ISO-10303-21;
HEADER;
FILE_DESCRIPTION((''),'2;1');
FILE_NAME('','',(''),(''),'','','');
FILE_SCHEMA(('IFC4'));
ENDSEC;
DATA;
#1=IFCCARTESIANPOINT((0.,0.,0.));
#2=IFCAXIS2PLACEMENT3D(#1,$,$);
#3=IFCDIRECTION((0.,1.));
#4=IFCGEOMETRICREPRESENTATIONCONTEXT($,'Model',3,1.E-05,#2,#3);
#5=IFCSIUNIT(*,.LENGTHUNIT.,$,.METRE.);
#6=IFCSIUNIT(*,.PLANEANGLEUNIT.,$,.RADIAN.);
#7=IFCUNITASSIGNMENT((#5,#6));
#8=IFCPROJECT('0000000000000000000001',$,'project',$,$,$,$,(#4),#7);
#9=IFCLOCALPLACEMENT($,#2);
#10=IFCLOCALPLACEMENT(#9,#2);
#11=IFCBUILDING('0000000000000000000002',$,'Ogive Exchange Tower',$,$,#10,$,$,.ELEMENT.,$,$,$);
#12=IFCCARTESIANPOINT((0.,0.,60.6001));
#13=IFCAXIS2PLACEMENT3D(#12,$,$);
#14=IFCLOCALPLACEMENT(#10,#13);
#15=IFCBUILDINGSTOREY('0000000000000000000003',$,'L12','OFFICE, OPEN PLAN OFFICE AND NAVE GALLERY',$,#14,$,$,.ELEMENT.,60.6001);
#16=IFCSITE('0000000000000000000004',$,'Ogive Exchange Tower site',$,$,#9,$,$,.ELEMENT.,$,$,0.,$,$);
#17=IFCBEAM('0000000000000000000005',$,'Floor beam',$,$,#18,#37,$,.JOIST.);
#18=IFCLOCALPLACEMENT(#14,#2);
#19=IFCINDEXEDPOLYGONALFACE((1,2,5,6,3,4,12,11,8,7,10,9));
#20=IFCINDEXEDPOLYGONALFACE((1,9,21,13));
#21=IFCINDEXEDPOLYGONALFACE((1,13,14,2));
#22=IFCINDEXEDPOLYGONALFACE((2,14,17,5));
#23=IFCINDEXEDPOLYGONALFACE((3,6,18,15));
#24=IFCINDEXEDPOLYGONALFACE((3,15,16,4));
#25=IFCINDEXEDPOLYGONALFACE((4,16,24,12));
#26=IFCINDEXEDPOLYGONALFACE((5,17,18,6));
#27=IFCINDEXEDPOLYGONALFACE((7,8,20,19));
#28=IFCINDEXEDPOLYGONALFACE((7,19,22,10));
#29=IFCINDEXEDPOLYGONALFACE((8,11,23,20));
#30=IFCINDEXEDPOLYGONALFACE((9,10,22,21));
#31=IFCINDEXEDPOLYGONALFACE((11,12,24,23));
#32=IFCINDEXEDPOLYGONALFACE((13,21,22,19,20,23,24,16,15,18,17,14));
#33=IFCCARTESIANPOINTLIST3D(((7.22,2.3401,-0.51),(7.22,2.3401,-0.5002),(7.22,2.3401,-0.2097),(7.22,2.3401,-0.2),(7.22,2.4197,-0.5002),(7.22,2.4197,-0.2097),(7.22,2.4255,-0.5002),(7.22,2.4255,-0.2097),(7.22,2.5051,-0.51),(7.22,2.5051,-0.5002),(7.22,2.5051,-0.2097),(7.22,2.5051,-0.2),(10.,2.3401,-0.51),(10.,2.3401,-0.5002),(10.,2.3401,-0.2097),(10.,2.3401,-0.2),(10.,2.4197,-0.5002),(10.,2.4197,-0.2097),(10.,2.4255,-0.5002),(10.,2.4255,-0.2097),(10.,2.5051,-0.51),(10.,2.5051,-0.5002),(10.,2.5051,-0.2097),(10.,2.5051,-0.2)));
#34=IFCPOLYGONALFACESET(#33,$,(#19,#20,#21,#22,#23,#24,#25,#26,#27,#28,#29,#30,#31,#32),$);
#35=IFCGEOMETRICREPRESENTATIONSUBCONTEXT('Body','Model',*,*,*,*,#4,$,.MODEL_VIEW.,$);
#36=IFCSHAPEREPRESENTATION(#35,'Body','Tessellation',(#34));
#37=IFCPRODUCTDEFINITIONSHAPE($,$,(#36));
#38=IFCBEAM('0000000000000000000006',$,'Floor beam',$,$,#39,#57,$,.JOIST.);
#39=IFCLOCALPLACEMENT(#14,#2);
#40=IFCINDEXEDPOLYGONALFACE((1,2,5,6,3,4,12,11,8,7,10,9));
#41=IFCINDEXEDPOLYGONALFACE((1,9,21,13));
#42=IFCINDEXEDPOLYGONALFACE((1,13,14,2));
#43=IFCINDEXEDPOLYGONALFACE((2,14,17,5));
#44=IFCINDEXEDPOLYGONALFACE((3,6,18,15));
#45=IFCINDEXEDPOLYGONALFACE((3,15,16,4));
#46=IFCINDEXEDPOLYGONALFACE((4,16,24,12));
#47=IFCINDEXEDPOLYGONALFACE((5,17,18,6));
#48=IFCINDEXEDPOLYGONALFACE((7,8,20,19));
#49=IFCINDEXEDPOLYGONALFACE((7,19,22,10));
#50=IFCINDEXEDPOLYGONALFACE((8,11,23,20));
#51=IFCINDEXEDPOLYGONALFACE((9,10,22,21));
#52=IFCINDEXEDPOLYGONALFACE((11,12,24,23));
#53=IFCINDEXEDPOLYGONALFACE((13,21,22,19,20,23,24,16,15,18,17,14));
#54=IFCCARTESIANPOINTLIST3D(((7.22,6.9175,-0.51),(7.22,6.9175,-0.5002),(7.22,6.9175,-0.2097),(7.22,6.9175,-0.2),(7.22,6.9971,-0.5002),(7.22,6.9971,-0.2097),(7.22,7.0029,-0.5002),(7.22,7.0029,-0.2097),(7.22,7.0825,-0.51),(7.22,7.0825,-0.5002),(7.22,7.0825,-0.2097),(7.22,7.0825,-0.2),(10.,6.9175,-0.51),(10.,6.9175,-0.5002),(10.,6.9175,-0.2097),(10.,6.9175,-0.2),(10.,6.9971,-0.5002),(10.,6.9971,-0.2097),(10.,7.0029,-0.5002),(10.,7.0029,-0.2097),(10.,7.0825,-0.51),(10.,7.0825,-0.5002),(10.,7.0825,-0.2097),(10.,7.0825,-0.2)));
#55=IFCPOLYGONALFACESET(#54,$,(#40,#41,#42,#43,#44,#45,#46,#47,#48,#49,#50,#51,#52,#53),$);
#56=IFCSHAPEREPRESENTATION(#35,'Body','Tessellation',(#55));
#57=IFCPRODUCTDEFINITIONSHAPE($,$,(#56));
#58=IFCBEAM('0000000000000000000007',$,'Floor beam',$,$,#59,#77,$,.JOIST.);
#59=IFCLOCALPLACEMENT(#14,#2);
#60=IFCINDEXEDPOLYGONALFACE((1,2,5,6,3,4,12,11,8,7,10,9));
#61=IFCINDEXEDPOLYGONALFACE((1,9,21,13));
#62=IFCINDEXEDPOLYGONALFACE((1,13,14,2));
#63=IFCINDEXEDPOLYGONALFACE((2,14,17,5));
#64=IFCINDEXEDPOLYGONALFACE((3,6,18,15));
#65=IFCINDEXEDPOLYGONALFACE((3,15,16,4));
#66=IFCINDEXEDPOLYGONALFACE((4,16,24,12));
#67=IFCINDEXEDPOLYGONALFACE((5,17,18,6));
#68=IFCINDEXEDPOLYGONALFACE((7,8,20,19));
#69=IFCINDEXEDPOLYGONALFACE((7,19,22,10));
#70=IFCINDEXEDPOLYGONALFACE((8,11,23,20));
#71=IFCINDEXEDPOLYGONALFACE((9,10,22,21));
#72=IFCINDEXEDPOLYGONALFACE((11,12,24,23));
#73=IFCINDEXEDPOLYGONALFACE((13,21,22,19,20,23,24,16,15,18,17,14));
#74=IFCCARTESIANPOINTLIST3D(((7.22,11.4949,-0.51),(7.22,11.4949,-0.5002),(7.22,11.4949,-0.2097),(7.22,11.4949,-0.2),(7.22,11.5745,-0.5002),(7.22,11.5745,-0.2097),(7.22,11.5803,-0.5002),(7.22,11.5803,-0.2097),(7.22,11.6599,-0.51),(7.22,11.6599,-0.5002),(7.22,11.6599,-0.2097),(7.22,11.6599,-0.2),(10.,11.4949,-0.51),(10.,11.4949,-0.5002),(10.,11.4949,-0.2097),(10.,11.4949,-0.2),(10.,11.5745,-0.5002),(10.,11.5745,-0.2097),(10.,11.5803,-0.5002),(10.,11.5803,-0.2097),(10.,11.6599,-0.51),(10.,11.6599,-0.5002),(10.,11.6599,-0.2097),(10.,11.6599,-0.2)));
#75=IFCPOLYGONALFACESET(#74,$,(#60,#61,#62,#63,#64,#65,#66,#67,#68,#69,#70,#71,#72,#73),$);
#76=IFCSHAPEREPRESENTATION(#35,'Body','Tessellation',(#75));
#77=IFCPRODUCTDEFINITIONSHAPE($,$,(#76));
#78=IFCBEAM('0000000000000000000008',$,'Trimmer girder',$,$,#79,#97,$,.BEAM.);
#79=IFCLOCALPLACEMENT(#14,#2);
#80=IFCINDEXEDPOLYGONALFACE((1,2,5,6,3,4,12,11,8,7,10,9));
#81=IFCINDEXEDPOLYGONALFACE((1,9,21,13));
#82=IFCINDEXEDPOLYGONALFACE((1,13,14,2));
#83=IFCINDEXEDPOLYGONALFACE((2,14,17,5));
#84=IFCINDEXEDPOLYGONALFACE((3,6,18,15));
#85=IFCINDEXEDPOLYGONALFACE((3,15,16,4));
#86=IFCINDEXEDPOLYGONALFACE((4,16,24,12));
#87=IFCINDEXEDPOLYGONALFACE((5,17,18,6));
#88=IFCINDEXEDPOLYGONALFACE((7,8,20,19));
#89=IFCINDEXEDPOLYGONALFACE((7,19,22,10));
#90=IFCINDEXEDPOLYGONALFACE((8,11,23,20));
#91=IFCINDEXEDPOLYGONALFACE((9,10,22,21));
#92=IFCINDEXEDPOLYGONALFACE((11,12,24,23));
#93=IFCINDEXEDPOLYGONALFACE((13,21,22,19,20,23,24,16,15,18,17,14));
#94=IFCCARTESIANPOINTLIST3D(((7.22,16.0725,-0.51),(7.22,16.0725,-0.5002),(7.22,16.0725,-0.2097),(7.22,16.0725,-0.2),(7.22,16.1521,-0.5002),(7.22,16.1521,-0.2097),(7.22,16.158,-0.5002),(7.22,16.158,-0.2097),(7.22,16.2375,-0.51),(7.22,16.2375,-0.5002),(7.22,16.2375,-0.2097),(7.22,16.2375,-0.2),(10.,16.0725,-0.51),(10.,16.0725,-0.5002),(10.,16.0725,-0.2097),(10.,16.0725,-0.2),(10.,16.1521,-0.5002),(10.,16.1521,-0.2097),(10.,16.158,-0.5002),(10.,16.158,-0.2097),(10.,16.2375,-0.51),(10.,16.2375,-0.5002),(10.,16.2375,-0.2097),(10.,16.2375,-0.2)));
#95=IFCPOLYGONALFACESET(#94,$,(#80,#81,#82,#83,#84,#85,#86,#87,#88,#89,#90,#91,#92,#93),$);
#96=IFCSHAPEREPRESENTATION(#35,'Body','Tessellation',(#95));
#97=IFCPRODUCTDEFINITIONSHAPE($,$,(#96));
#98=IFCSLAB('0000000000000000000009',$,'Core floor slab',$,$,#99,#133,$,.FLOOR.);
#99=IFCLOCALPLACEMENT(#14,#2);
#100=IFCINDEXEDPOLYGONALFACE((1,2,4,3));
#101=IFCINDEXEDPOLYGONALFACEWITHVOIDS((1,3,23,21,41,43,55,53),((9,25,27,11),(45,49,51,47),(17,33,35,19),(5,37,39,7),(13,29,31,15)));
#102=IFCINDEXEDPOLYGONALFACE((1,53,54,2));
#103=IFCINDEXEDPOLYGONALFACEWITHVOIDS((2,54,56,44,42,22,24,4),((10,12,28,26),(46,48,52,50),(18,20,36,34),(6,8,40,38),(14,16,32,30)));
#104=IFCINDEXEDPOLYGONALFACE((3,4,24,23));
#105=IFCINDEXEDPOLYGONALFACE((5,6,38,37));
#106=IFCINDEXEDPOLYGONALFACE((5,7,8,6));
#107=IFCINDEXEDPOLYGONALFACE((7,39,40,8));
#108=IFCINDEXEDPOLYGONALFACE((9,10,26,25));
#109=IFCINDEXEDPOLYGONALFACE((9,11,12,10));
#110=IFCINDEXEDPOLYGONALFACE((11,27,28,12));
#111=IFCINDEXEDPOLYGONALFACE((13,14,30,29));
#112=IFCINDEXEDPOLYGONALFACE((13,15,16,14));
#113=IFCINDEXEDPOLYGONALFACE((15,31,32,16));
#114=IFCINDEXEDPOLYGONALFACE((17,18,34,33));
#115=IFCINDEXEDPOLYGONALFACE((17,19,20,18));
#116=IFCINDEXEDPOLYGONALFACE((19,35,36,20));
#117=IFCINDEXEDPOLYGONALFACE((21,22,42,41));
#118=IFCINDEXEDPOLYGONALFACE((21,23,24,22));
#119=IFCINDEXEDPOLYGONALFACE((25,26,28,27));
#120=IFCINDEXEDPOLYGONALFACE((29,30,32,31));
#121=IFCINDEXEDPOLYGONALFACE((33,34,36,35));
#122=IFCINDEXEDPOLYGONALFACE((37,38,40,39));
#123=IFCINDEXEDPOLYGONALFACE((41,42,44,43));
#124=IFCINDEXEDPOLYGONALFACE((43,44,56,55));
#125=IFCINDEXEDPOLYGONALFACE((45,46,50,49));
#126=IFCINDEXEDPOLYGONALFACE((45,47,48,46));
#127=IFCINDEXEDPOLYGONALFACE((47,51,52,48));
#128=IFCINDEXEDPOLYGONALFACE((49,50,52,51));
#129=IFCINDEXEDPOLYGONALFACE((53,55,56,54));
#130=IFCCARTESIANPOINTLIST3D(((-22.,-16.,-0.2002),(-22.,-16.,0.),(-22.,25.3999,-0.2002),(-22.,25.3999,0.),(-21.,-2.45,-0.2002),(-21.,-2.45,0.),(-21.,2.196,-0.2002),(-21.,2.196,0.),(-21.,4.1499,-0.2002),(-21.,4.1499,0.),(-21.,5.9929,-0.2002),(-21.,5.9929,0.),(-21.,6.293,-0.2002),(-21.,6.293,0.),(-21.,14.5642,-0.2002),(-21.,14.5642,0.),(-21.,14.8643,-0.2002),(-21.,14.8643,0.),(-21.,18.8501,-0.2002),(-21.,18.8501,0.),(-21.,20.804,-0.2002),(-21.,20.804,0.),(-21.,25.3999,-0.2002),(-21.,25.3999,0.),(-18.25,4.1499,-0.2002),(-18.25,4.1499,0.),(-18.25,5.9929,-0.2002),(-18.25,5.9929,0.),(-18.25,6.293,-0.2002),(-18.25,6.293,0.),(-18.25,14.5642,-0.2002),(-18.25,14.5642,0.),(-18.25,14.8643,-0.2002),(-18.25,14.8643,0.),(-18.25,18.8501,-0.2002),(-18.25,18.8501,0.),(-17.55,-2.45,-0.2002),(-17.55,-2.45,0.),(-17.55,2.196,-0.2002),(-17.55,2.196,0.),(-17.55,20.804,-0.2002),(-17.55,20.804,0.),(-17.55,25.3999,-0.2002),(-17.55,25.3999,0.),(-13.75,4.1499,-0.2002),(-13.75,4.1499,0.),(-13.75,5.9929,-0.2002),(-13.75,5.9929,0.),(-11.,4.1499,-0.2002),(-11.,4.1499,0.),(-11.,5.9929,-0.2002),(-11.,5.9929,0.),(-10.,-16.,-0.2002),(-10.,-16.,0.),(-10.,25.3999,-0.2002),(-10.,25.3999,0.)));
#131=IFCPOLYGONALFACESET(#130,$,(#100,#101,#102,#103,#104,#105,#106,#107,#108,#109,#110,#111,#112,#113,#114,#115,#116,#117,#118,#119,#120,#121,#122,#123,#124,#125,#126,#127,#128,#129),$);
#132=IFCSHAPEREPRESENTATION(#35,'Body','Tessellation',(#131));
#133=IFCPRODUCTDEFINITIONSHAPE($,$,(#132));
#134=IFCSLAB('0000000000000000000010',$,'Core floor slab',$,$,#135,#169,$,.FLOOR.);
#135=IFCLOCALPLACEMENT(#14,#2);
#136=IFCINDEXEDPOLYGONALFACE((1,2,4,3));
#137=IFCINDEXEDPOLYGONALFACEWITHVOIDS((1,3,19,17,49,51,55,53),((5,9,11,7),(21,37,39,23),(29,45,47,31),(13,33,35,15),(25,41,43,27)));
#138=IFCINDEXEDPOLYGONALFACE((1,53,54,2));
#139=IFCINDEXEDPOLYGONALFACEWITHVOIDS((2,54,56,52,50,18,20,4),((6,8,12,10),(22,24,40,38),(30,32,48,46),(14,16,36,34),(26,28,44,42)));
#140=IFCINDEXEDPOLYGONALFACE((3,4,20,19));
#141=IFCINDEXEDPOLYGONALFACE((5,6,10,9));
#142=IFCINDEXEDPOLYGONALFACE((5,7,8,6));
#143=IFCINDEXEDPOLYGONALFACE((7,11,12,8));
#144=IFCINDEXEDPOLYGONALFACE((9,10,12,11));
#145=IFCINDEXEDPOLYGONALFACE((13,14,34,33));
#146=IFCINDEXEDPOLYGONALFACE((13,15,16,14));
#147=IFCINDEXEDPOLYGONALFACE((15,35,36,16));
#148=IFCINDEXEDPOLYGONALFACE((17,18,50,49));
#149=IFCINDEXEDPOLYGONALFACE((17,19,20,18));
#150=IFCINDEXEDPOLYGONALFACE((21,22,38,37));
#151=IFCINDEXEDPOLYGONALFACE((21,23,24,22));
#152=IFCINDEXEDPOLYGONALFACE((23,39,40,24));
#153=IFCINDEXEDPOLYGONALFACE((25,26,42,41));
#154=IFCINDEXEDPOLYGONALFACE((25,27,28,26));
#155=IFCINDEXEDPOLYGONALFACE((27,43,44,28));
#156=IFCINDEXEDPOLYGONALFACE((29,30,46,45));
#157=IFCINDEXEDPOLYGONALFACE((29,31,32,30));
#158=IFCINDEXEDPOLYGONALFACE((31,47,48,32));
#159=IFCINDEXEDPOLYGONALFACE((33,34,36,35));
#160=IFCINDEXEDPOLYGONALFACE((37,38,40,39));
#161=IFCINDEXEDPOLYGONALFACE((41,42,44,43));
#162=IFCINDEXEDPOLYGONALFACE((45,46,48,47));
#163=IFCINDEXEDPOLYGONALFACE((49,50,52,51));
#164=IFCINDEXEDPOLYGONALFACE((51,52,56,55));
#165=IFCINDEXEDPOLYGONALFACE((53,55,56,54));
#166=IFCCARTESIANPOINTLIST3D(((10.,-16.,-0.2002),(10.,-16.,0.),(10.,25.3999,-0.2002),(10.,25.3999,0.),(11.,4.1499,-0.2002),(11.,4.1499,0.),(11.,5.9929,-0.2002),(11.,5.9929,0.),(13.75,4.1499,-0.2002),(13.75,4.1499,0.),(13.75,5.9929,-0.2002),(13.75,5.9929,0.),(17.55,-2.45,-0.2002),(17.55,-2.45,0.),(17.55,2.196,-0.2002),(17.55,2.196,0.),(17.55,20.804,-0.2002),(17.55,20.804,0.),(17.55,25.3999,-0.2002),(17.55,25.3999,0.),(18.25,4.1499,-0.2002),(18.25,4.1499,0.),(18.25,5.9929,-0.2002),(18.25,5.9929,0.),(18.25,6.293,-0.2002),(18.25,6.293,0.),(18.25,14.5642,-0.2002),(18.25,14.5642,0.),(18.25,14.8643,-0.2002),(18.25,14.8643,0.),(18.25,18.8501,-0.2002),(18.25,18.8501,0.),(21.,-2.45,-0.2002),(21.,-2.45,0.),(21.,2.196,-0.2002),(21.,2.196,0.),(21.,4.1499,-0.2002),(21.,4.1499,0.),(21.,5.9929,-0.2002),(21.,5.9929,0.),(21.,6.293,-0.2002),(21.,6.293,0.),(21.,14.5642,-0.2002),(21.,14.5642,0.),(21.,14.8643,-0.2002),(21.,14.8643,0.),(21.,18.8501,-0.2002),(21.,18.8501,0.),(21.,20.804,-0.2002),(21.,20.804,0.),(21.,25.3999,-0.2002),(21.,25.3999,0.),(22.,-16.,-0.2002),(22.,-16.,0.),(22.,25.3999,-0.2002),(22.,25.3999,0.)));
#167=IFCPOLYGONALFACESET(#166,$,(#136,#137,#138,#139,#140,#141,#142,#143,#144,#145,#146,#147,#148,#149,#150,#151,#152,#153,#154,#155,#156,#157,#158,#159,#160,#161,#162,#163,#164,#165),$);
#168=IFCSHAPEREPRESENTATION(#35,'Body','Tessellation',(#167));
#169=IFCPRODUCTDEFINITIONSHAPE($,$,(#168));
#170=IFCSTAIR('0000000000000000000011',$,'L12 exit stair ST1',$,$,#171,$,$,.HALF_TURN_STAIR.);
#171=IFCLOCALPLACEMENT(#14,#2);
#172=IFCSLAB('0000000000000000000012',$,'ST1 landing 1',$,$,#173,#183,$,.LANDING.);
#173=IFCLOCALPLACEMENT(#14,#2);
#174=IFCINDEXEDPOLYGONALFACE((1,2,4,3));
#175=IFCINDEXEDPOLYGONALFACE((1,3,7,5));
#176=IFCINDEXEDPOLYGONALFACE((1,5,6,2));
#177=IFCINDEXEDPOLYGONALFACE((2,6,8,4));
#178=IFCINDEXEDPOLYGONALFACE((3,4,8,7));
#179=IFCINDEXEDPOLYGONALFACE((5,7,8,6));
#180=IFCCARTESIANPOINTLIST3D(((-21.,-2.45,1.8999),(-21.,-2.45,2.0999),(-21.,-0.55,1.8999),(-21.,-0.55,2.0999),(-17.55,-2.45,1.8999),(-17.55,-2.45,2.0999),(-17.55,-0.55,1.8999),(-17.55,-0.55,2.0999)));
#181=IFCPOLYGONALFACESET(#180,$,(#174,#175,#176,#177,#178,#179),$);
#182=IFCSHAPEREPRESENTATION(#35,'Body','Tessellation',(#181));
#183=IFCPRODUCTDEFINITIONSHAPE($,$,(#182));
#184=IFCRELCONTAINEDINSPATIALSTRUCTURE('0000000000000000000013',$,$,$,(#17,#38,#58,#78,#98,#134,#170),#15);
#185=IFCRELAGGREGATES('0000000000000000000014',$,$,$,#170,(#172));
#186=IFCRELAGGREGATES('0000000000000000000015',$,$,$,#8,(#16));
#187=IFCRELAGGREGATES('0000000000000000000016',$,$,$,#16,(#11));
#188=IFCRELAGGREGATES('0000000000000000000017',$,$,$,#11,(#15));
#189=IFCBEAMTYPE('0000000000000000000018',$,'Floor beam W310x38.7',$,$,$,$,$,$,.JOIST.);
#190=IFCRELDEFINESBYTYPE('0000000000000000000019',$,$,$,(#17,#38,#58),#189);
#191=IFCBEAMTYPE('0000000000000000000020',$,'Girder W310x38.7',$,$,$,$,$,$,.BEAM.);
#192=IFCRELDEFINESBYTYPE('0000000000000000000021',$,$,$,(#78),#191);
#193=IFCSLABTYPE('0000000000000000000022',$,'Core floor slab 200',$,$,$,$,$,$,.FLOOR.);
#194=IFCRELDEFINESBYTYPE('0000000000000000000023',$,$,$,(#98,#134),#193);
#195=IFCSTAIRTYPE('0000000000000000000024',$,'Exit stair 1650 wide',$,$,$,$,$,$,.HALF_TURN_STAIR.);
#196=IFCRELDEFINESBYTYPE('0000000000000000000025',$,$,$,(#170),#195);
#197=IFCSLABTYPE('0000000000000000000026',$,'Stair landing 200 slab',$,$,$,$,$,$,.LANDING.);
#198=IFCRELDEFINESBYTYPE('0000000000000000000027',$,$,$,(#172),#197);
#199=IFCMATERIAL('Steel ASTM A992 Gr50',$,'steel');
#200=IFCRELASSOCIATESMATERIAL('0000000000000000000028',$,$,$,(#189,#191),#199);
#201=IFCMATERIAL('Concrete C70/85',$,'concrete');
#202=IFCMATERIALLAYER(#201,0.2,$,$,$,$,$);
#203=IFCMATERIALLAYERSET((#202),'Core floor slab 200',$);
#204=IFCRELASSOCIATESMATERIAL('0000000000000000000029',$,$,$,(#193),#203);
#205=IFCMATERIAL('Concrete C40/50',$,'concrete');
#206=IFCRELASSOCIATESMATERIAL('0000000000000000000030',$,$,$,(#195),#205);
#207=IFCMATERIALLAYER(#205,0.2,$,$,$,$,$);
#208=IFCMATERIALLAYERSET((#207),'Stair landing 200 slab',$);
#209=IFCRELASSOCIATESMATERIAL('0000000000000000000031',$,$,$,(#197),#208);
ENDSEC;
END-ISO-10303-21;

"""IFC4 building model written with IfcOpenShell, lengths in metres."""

from ifc_helpers import new_model, si_unit, direction, frame, origin, origin_2d, place, context, subcontext, project, spatial, polyline, i_section, outline, extrude, material, layer, layer_set, material_profile, profile_set, type_object, element, aggregate, save


model = new_model("IFC4")

# Units and contexts
model_context = context("Model", 3, precision=1e-05, world=origin(), true_north=direction((0.0, 1.0)))
body_context = subcontext(model_context, "Body", "Model", "MODEL_VIEW")
ifc_project = project(units=[si_unit("LENGTHUNIT", "METRE"), si_unit("PLANEANGLEUNIT", "RADIAN")], contexts=[model_context])

# Site, building, storey
site_placement = place(None, origin())
site = spatial("IfcSite", under=ifc_project, at=site_placement, Name="Ogive Exchange Tower site", CompositionType="ELEMENT", RefElevation=0.0)
building_placement = place(site_placement, origin())
building = spatial("IfcBuilding", under=site, at=building_placement, Name="Ogive Exchange Tower", CompositionType="ELEMENT")
storey_placement = place(building_placement, frame((0.0, 0.0, 60.6001)))
storey = spatial("IfcBuildingStorey", under=building, at=storey_placement, Name="L12", Description="OFFICE, OPEN PLAN OFFICE AND NAVE GALLERY", CompositionType="ELEMENT", Elevation=60.6001)

# Beams
ifc_material_1 = material(Name="Steel ASTM A992 Gr50", Category="steel")
ifc_material_profile_1 = material_profile(ifc_material_1, i_section(OverallWidth=0.165, OverallDepth=0.3101, WebThickness=0.0059, FlangeThickness=0.0098, at=origin_2d()), Name="W310x38.7")
ifc_profile_set_1 = profile_set([ifc_material_profile_1], Name="Steel ASTM A992 Gr50")
beam_type_1 = type_object("IfcBeamType", Name="Floor beam W310x38.7", PredefinedType="JOIST", material=ifc_profile_set_1)
for number, where, z_axis, x_axis, name in (
    (1, (7.22, 2.4226, -0.355), (1.0, 0.0, 0.0), (0.0, 1.0, 0.0), "Floor beam"),
    (2, (7.22, 7.0, -0.355), (1.0, 0.0, 0.0), (0.0, 1.0, 0.0), "Floor beam"),
    (3, (7.22, 11.5774, -0.355), (1.0, 0.0, 0.0), (0.0, 1.0, 0.0), "Floor beam"),
):
    element("IfcBeam", number, at=place(storey_placement, frame(where, z_axis=z_axis, x_axis=x_axis)), inside=storey, type_object=beam_type_1, Name=name, PredefinedType="JOIST", context=body_context, shape_type="SweptSolid", body=[
        extrude(i_section(OverallWidth=0.165, OverallDepth=0.3101, WebThickness=0.0059, FlangeThickness=0.0098, at=origin_2d()), origin(), (0.0, 0.0, 1.0), 2.78),
    ])
ifc_material_profile_2 = material_profile(ifc_material_1, i_section(OverallWidth=0.165, OverallDepth=0.3101, WebThickness=0.0059, FlangeThickness=0.0098, at=origin_2d()), Name="W310x38.7")
ifc_profile_set_2 = profile_set([ifc_material_profile_2], Name="Steel ASTM A992 Gr50")
beam_type_2 = type_object("IfcBeamType", Name="Girder W310x38.7", PredefinedType="BEAM", material=ifc_profile_set_2)
beam_placement = place(storey_placement, frame((7.22, 16.155, -0.355), z_axis=(1.0, 0.0, 0.0), x_axis=(0.0, 1.0, 0.0)))
element("IfcBeam", 4, at=beam_placement, inside=storey, type_object=beam_type_2, Name="Trimmer girder", PredefinedType="BEAM", context=body_context, shape_type="SweptSolid", body=[
    extrude(i_section(OverallWidth=0.165, OverallDepth=0.3101, WebThickness=0.0059, FlangeThickness=0.0098, at=origin_2d()), origin(), (0.0, 0.0, 1.0), 2.78),
])

# Slabs
ifc_material_2 = material(Name="Concrete C70/85", Category="concrete")
ifc_layer_1 = layer(ifc_material_2, 0.2)
ifc_layer_set_1 = layer_set([ifc_layer_1], Name="Core floor slab 200")
slab_type_1 = type_object("IfcSlabType", Name="Core floor slab 200", PredefinedType="FLOOR", material=ifc_layer_set_1)
slab_1_placement = place(storey_placement, frame((0.0, 0.0, -0.2002)))
element("IfcSlab", 5, at=slab_1_placement, inside=storey, type_object=slab_type_1, Name="Core floor slab", PredefinedType="FLOOR", context=body_context, shape_type="SweptSolid", body=[
    extrude(outline(polyline([(-10.0, 25.3999), (-10.0, -16.0), (-22.0, -16.0), (-22.0, 25.3999), (-21.0, 25.3999), (-21.0, 20.804), (-17.55, 20.804), (-17.55, 25.3999), (-10.0, 25.3999)]), holes=[polyline([(-17.55, 2.196), (-21.0, 2.196), (-21.0, -2.45), (-17.55, -2.45), (-17.55, 2.196)]), polyline([(-18.25, 5.9929), (-21.0, 5.9929), (-21.0, 4.1499), (-18.25, 4.1499), (-18.25, 5.9929)]), polyline([(-11.0, 5.9929), (-13.75, 5.9929), (-13.75, 4.1499), (-11.0, 4.1499), (-11.0, 5.9929)]), polyline([(-21.0, 14.5642), (-21.0, 6.293), (-18.25, 6.293), (-18.25, 14.5642), (-21.0, 14.5642)]), polyline([(-18.25, 18.8501), (-21.0, 18.8501), (-21.0, 14.8643), (-18.25, 14.8643), (-18.25, 18.8501)])]), origin(), (0.0, 0.0, 1.0), 0.2002),
])
slab_2_placement = place(storey_placement, frame((0.0, 0.0, -0.2002)))
element("IfcSlab", 6, at=slab_2_placement, inside=storey, type_object=slab_type_1, Name="Core floor slab", PredefinedType="FLOOR", context=body_context, shape_type="SweptSolid", body=[
    extrude(outline(polyline([(22.0, 25.3999), (22.0, -16.0), (10.0, -16.0), (10.0, 25.3999), (17.55, 25.3999), (17.55, 20.804), (21.0, 20.804), (21.0, 25.3999), (22.0, 25.3999)]), holes=[polyline([(21.0, 2.196), (17.55, 2.196), (17.55, -2.45), (21.0, -2.45), (21.0, 2.196)]), polyline([(13.75, 5.9929), (11.0, 5.9929), (11.0, 4.1499), (13.75, 4.1499), (13.75, 5.9929)]), polyline([(21.0, 5.9929), (18.25, 5.9929), (18.25, 4.1499), (21.0, 4.1499), (21.0, 5.9929)]), polyline([(18.25, 14.5642), (18.25, 6.293), (21.0, 6.293), (21.0, 14.5642), (18.25, 14.5642)]), polyline([(21.0, 18.8501), (18.25, 18.8501), (18.25, 14.8643), (21.0, 14.8643), (21.0, 18.8501)])]), origin(), (0.0, 0.0, 1.0), 0.2002),
])

# Stair, slab
ifc_material_3 = material(Name="Concrete C40/50", Category="concrete")
stair_type = type_object("IfcStairType", Name="Exit stair 1650 wide", PredefinedType="HALF_TURN_STAIR", material=ifc_material_3)
stair_1_placement = place(storey_placement, origin())
stair_1 = element("IfcStair", 7, at=stair_1_placement, inside=storey, type_object=stair_type, Name="L12 exit stair ST1", PredefinedType="HALF_TURN_STAIR")
ifc_layer_2 = layer(ifc_material_3, 0.2)
ifc_layer_set_2 = layer_set([ifc_layer_2], Name="Stair landing 200 slab")
slab_type_2 = type_object("IfcSlabType", Name="Stair landing 200 slab", PredefinedType="LANDING", material=ifc_layer_set_2)
slab_3_placement = place(storey_placement, frame((0.0, 0.0, 1.8999)))
slab_3 = element("IfcSlab", 8, at=slab_3_placement, type_object=slab_type_2, Name="ST1 landing 1", PredefinedType="LANDING", context=body_context, shape_type="SweptSolid", body=[
    extrude(outline(polyline([(-21.0, -0.55), (-21.0, -2.45), (-17.55, -2.45), (-17.55, -0.55), (-21.0, -0.55)])), origin(), (0.0, 0.0, 1.0), 0.2),
])
aggregate(stair_1, [slab_3])

save(model, "model.ifc")
